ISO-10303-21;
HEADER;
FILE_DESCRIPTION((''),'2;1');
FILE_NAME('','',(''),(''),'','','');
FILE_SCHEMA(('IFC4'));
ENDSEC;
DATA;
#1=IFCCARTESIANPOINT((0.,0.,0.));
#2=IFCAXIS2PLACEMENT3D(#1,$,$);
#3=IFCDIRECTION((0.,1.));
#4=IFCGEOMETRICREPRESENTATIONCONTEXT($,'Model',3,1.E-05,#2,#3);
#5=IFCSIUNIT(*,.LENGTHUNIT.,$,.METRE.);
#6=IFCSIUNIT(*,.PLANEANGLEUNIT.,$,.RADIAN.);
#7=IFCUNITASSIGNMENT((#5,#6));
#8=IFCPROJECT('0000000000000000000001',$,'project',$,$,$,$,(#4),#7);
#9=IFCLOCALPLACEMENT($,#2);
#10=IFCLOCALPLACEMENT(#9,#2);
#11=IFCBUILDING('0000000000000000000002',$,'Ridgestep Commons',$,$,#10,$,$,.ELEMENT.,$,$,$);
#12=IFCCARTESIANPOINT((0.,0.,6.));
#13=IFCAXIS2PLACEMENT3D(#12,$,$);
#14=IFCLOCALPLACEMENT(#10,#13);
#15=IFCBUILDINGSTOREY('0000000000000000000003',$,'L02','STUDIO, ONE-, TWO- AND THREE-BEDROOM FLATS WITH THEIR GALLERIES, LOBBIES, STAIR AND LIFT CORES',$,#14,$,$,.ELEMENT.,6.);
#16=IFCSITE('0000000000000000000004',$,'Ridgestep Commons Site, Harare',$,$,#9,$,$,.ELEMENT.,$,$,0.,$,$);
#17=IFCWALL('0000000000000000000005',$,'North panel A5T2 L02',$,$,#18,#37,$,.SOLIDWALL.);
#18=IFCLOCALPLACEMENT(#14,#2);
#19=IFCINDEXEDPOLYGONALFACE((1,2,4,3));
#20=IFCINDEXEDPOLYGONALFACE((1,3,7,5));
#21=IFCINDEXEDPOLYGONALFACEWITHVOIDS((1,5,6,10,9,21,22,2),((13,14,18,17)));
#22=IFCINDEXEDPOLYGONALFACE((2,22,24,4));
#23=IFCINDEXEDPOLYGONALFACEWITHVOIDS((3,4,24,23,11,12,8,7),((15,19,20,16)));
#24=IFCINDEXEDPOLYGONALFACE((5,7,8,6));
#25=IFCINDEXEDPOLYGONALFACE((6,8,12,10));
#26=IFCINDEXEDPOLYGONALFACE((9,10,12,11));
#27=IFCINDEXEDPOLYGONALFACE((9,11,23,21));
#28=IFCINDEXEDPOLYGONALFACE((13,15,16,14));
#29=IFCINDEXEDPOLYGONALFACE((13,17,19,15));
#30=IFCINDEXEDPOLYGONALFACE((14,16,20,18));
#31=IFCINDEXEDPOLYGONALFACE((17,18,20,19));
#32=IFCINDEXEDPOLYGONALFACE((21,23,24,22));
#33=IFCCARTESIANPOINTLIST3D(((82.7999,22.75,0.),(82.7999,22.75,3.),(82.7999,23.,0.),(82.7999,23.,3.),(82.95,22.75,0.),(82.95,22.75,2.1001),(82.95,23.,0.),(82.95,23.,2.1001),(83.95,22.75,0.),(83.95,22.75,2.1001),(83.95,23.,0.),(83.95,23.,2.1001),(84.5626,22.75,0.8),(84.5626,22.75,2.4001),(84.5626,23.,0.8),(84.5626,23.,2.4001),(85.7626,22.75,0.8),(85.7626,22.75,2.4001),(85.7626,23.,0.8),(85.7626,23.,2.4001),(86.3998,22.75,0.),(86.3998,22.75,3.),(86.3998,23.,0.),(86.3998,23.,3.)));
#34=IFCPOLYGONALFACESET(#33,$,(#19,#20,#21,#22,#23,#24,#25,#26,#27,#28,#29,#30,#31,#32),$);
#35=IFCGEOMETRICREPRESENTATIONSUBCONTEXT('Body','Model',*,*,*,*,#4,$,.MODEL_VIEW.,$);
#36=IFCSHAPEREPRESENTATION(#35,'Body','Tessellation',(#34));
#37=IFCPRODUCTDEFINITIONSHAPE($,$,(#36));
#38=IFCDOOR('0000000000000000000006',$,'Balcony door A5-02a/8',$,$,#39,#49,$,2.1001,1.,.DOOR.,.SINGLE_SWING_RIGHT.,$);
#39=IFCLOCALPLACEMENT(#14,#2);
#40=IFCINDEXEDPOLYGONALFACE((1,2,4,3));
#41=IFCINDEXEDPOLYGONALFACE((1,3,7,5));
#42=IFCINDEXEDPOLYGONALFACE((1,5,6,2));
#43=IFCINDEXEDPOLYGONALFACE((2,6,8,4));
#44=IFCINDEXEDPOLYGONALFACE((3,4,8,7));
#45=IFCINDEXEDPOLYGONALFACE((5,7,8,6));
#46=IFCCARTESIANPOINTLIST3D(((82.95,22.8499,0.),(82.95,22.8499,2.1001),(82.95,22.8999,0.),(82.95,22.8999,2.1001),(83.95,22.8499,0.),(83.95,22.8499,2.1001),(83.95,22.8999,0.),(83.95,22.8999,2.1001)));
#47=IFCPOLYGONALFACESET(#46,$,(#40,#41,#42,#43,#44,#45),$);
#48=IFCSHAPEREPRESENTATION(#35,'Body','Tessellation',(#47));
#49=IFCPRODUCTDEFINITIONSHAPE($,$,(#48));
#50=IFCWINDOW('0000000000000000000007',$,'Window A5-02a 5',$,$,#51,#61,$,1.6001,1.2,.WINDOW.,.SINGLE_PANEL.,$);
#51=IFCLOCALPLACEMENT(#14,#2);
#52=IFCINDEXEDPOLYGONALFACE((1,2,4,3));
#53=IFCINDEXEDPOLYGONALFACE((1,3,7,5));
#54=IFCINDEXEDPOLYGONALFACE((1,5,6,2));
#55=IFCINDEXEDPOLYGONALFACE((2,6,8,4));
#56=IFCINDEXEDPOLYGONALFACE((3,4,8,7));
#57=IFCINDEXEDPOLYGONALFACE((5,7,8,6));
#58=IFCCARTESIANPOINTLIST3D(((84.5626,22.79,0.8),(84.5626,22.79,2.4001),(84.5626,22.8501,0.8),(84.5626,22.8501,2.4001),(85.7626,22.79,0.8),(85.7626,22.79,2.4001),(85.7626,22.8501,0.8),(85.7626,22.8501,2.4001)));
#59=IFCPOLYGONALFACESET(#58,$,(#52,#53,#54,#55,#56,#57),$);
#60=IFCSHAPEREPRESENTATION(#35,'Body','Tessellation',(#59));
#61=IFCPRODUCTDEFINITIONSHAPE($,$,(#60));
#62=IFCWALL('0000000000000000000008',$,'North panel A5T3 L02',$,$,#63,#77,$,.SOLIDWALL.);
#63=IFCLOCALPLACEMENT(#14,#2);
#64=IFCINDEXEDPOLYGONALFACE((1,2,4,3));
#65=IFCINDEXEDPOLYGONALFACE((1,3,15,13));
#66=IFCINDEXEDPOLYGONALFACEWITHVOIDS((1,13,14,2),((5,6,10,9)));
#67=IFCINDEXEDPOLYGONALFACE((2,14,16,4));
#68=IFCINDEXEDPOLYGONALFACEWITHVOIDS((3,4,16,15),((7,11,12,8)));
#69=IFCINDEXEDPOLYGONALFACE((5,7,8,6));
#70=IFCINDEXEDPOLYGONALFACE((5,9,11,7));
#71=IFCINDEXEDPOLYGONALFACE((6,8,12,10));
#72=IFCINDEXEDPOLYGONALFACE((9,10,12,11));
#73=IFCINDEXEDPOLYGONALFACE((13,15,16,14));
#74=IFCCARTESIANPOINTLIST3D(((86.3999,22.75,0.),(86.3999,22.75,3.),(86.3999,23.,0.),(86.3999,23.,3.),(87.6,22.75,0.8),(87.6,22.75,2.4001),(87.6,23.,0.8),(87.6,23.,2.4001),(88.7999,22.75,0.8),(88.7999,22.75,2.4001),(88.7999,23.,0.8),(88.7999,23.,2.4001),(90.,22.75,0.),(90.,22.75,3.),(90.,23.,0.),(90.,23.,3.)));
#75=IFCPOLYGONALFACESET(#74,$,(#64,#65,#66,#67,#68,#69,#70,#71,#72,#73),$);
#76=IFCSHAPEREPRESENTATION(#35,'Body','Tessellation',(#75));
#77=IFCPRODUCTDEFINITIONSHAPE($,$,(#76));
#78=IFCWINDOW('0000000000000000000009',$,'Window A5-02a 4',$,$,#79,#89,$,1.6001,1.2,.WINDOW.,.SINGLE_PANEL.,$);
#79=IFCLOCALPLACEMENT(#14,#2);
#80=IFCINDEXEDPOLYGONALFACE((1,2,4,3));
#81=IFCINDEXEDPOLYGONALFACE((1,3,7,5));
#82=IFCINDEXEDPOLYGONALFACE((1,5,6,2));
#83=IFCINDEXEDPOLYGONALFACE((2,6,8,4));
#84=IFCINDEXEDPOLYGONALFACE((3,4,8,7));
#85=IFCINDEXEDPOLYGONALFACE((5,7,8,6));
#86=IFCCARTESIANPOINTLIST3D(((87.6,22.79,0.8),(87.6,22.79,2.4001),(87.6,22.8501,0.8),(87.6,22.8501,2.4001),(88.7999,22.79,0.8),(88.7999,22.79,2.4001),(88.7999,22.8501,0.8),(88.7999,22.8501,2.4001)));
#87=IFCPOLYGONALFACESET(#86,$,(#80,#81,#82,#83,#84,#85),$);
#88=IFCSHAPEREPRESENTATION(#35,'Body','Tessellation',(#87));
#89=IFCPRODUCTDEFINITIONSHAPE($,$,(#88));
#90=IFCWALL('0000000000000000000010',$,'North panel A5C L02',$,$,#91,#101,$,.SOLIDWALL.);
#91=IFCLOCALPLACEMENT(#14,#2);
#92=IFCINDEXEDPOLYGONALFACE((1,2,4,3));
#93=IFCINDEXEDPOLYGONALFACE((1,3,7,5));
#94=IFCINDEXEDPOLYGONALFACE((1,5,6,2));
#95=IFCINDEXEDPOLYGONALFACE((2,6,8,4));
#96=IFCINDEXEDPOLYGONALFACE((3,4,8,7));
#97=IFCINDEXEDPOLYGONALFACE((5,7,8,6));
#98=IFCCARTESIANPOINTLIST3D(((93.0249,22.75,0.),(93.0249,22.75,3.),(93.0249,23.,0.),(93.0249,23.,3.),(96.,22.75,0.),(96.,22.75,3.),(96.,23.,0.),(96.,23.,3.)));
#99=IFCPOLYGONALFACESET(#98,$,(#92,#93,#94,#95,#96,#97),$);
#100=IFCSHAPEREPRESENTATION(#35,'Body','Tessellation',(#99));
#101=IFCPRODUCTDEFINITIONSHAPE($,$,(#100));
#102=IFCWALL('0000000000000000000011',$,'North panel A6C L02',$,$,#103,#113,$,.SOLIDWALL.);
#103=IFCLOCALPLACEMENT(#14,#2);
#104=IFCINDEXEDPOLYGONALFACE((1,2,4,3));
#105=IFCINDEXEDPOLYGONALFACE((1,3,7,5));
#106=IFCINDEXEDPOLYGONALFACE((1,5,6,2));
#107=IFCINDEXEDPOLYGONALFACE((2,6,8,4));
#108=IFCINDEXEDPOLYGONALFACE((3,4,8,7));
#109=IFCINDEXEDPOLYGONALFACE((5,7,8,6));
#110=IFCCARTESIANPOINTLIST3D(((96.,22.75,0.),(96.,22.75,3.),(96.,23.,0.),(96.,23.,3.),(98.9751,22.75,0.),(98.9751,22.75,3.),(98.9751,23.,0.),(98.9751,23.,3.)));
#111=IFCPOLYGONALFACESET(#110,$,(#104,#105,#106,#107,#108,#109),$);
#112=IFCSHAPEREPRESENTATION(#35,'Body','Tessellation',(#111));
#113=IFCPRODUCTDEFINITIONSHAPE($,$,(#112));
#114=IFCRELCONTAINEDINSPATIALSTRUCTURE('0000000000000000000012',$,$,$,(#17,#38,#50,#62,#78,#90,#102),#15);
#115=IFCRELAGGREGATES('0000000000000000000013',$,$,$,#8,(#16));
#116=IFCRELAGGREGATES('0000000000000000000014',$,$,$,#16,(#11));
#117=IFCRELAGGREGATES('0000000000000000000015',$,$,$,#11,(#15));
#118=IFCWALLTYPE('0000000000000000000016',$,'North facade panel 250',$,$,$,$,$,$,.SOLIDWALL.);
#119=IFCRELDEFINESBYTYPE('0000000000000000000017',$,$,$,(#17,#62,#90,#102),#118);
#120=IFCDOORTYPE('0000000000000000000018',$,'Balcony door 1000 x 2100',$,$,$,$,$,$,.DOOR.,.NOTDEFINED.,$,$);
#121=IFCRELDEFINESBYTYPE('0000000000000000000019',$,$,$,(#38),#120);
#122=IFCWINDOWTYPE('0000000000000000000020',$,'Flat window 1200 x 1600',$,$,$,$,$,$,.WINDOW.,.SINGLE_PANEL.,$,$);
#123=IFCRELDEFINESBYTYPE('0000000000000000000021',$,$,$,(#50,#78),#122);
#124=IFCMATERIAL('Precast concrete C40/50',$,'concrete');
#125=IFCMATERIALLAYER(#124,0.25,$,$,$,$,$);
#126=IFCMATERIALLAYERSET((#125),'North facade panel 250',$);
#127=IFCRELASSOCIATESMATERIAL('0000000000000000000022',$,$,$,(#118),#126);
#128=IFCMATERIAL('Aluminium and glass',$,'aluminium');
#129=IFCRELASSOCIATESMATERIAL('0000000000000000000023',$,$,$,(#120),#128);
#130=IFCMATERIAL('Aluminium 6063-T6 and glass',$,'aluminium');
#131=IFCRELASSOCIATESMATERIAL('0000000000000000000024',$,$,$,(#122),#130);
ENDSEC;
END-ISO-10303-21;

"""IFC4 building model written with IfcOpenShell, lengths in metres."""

from ifc_helpers import new_model, si_unit, direction, frame, frame_2d, origin, place, context, subcontext, project, spatial, rectangle, extrude, material, layer, layer_set, type_object, element, fill, save


model = new_model("IFC4")

# Units and contexts
model_context = context("Model", 3, precision=1e-05, world=origin(), true_north=direction((0.0, 1.0)))
body_context = subcontext(model_context, "Body", "Model", "MODEL_VIEW")
ifc_project = project(units=[si_unit("LENGTHUNIT", "METRE"), si_unit("PLANEANGLEUNIT", "RADIAN")], contexts=[model_context])

# Site, building, storey
site_placement = place(None, origin())
site = spatial("IfcSite", under=ifc_project, at=site_placement, Name="Ridgestep Commons Site, Harare", CompositionType="ELEMENT", RefElevation=0.0)
building_placement = place(site_placement, origin())
building = spatial("IfcBuilding", under=site, at=building_placement, Name="Ridgestep Commons", CompositionType="ELEMENT")
storey_placement = place(building_placement, frame((0.0, 0.0, 6.0)))
storey = spatial("IfcBuildingStorey", under=building, at=storey_placement, Name="L02", Description="STUDIO, ONE-, TWO- AND THREE-BEDROOM FLATS WITH THEIR GALLERIES, LOBBIES, STAIR AND LIFT CORES", CompositionType="ELEMENT", Elevation=6.0)

# Shared definitions
ifc_material_1 = material(Name="Precast concrete C40/50", Category="concrete")
ifc_layer_1 = layer(ifc_material_1, 0.25)
ifc_layer_set_1 = layer_set([ifc_layer_1], Name="North facade panel 250")
wall_type_1 = type_object("IfcWallType", Name="North facade panel 250", PredefinedType="SOLIDWALL", material=ifc_layer_set_1)

# Wall, openings, door, window
wall_1_placement = place(storey_placement, frame((82.8, 22.875, 0.0), z_axis=(0.0, 0.0, 1.0), x_axis=(1.0, 0.0, 0.0)))
wall_1 = element("IfcWall", 1, at=wall_1_placement, inside=storey, type_object=wall_type_1, Name="North panel A5T2 L02", PredefinedType="SOLIDWALL", context=body_context, shape_type="SweptSolid", body=[
    extrude(rectangle(XDim=3.5999, YDim=0.25, at=frame_2d((1.7998, 0.0))), origin(), (0.0, 0.0, 1.0), 3.0),
])
opening_1_placement = place(wall_1_placement, frame((1.7625, 0.0, 0.8)))
opening_1 = element("IfcOpeningElement", 2, at=opening_1_placement, cuts=wall_1, PredefinedType="OPENING", context=body_context, shape_type="SweptSolid", body=[
    extrude(rectangle(XDim=1.2, YDim=1.6001, at=frame_2d((0.6001, 0.8))), frame((0.0, 0.135, 0.0), z_axis=(0.0, -1.0, 0.0), x_axis=(1.0, 0.0, 0.0)), (0.0, 0.0, 1.0), 0.27),
])
opening_2_placement = place(wall_1_placement, frame((0.1499, 0.0, 0.0)))
opening_2 = element("IfcOpeningElement", 3, at=opening_2_placement, cuts=wall_1, PredefinedType="OPENING", context=body_context, shape_type="SweptSolid", body=[
    extrude(rectangle(XDim=1.0, YDim=2.1001, at=frame_2d((0.5, 1.05))), frame((0.0, 0.135, 0.0), z_axis=(0.0, -1.0, 0.0), x_axis=(1.0, 0.0, 0.0)), (0.0, 0.0, 1.0), 0.27),
])
ifc_material_2 = material(Name="Aluminium and glass", Category="aluminium")
door_type_1 = type_object("IfcDoorType", Name="Balcony door 1000 x 2100", OperationType="NOTDEFINED", PredefinedType="DOOR", material=ifc_material_2)
door_1_placement = place(opening_2_placement, origin())
door_1 = element("IfcDoor", 4, at=door_1_placement, inside=storey, type_object=door_type_1, Name="Balcony door A5-02a/8", OperationType="SINGLE_SWING_RIGHT", OverallHeight=2.1001, OverallWidth=1.0, PredefinedType="DOOR", context=body_context, shape_type="SweptSolid", body=[
    extrude(rectangle(XDim=1.0, YDim=2.1001, at=frame_2d((0.5, 1.05))), frame((0.0, 0.0249, 0.0), z_axis=(0.0, -1.0, 0.0), x_axis=(1.0, 0.0, 0.0)), (0.0, 0.0, 1.0), 0.05),
])
fill(opening_2, door_1)
ifc_material_3 = material(Name="Aluminium 6063-T6 and glass", Category="aluminium")
window_type_1 = type_object("IfcWindowType", Name="Flat window 1200 x 1600", PartitioningType="SINGLE_PANEL", PredefinedType="WINDOW", material=ifc_material_3)
window_1_placement = place(opening_1_placement, origin())
window_1 = element("IfcWindow", 5, at=window_1_placement, inside=storey, type_object=window_type_1, Name="Window A5-02a 5", OverallHeight=1.6001, OverallWidth=1.2, PartitioningType="SINGLE_PANEL", PredefinedType="WINDOW", context=body_context, shape_type="SweptSolid", body=[
    extrude(rectangle(XDim=1.2, YDim=1.6001, at=frame_2d((0.6001, 0.8))), frame((0.0, -0.0249, 0.0), z_axis=(0.0, -1.0, 0.0), x_axis=(1.0, 0.0, 0.0)), (0.0, 0.0, 1.0), 0.0601),
])
fill(opening_1, window_1)

# Wall, opening, window
wall_2_placement = place(storey_placement, frame((86.3999, 22.875, 0.0), z_axis=(0.0, 0.0, 1.0), x_axis=(1.0, 0.0, 0.0)))
wall_2 = element("IfcWall", 6, at=wall_2_placement, inside=storey, type_object=wall_type_1, Name="North panel A5T3 L02", PredefinedType="SOLIDWALL", context=body_context, shape_type="SweptSolid", body=[
    extrude(rectangle(XDim=3.6001, YDim=0.25, at=frame_2d((1.8, 0.0))), origin(), (0.0, 0.0, 1.0), 3.0),
])
opening_3_placement = place(wall_2_placement, frame((1.2, 0.0, 0.8)))
opening_3 = element("IfcOpeningElement", 7, at=opening_3_placement, cuts=wall_2, PredefinedType="OPENING", context=body_context, shape_type="SweptSolid", body=[
    extrude(rectangle(XDim=1.2, YDim=1.6001, at=frame_2d((0.6001, 0.8))), frame((0.0, 0.135, 0.0), z_axis=(0.0, -1.0, 0.0), x_axis=(1.0, 0.0, 0.0)), (0.0, 0.0, 1.0), 0.27),
])
window_2_placement = place(opening_3_placement, origin())
window_2 = element("IfcWindow", 8, at=window_2_placement, inside=storey, type_object=window_type_1, Name="Window A5-02a 4", OverallHeight=1.6001, OverallWidth=1.2, PartitioningType="SINGLE_PANEL", PredefinedType="WINDOW", context=body_context, shape_type="SweptSolid", body=[
    extrude(rectangle(XDim=1.2, YDim=1.6001, at=frame_2d((0.6001, 0.8))), frame((0.0, -0.0249, 0.0), z_axis=(0.0, -1.0, 0.0), x_axis=(1.0, 0.0, 0.0)), (0.0, 0.0, 1.0), 0.0601),
])
fill(opening_3, window_2)

# Walls
for number, where, z_axis, x_axis, name in (
    (9, (93.0249, 22.875, 0.0), (0.0, 0.0, 1.0), (1.0, 0.0, 0.0), "North panel A5C L02"),
    (10, (96.0, 22.875, 0.0), (0.0, 0.0, 1.0), (1.0, 0.0, 0.0), "North panel A6C L02"),
):
    element("IfcWall", number, at=place(storey_placement, frame(where, z_axis=z_axis, x_axis=x_axis)), inside=storey, type_object=wall_type_1, Name=name, PredefinedType="SOLIDWALL", context=body_context, shape_type="SweptSolid", body=[
        extrude(rectangle(XDim=2.9751, YDim=0.25, at=frame_2d((1.4875, 0.0))), origin(), (0.0, 0.0, 1.0), 3.0),
    ])

save(model, "model.ifc")
